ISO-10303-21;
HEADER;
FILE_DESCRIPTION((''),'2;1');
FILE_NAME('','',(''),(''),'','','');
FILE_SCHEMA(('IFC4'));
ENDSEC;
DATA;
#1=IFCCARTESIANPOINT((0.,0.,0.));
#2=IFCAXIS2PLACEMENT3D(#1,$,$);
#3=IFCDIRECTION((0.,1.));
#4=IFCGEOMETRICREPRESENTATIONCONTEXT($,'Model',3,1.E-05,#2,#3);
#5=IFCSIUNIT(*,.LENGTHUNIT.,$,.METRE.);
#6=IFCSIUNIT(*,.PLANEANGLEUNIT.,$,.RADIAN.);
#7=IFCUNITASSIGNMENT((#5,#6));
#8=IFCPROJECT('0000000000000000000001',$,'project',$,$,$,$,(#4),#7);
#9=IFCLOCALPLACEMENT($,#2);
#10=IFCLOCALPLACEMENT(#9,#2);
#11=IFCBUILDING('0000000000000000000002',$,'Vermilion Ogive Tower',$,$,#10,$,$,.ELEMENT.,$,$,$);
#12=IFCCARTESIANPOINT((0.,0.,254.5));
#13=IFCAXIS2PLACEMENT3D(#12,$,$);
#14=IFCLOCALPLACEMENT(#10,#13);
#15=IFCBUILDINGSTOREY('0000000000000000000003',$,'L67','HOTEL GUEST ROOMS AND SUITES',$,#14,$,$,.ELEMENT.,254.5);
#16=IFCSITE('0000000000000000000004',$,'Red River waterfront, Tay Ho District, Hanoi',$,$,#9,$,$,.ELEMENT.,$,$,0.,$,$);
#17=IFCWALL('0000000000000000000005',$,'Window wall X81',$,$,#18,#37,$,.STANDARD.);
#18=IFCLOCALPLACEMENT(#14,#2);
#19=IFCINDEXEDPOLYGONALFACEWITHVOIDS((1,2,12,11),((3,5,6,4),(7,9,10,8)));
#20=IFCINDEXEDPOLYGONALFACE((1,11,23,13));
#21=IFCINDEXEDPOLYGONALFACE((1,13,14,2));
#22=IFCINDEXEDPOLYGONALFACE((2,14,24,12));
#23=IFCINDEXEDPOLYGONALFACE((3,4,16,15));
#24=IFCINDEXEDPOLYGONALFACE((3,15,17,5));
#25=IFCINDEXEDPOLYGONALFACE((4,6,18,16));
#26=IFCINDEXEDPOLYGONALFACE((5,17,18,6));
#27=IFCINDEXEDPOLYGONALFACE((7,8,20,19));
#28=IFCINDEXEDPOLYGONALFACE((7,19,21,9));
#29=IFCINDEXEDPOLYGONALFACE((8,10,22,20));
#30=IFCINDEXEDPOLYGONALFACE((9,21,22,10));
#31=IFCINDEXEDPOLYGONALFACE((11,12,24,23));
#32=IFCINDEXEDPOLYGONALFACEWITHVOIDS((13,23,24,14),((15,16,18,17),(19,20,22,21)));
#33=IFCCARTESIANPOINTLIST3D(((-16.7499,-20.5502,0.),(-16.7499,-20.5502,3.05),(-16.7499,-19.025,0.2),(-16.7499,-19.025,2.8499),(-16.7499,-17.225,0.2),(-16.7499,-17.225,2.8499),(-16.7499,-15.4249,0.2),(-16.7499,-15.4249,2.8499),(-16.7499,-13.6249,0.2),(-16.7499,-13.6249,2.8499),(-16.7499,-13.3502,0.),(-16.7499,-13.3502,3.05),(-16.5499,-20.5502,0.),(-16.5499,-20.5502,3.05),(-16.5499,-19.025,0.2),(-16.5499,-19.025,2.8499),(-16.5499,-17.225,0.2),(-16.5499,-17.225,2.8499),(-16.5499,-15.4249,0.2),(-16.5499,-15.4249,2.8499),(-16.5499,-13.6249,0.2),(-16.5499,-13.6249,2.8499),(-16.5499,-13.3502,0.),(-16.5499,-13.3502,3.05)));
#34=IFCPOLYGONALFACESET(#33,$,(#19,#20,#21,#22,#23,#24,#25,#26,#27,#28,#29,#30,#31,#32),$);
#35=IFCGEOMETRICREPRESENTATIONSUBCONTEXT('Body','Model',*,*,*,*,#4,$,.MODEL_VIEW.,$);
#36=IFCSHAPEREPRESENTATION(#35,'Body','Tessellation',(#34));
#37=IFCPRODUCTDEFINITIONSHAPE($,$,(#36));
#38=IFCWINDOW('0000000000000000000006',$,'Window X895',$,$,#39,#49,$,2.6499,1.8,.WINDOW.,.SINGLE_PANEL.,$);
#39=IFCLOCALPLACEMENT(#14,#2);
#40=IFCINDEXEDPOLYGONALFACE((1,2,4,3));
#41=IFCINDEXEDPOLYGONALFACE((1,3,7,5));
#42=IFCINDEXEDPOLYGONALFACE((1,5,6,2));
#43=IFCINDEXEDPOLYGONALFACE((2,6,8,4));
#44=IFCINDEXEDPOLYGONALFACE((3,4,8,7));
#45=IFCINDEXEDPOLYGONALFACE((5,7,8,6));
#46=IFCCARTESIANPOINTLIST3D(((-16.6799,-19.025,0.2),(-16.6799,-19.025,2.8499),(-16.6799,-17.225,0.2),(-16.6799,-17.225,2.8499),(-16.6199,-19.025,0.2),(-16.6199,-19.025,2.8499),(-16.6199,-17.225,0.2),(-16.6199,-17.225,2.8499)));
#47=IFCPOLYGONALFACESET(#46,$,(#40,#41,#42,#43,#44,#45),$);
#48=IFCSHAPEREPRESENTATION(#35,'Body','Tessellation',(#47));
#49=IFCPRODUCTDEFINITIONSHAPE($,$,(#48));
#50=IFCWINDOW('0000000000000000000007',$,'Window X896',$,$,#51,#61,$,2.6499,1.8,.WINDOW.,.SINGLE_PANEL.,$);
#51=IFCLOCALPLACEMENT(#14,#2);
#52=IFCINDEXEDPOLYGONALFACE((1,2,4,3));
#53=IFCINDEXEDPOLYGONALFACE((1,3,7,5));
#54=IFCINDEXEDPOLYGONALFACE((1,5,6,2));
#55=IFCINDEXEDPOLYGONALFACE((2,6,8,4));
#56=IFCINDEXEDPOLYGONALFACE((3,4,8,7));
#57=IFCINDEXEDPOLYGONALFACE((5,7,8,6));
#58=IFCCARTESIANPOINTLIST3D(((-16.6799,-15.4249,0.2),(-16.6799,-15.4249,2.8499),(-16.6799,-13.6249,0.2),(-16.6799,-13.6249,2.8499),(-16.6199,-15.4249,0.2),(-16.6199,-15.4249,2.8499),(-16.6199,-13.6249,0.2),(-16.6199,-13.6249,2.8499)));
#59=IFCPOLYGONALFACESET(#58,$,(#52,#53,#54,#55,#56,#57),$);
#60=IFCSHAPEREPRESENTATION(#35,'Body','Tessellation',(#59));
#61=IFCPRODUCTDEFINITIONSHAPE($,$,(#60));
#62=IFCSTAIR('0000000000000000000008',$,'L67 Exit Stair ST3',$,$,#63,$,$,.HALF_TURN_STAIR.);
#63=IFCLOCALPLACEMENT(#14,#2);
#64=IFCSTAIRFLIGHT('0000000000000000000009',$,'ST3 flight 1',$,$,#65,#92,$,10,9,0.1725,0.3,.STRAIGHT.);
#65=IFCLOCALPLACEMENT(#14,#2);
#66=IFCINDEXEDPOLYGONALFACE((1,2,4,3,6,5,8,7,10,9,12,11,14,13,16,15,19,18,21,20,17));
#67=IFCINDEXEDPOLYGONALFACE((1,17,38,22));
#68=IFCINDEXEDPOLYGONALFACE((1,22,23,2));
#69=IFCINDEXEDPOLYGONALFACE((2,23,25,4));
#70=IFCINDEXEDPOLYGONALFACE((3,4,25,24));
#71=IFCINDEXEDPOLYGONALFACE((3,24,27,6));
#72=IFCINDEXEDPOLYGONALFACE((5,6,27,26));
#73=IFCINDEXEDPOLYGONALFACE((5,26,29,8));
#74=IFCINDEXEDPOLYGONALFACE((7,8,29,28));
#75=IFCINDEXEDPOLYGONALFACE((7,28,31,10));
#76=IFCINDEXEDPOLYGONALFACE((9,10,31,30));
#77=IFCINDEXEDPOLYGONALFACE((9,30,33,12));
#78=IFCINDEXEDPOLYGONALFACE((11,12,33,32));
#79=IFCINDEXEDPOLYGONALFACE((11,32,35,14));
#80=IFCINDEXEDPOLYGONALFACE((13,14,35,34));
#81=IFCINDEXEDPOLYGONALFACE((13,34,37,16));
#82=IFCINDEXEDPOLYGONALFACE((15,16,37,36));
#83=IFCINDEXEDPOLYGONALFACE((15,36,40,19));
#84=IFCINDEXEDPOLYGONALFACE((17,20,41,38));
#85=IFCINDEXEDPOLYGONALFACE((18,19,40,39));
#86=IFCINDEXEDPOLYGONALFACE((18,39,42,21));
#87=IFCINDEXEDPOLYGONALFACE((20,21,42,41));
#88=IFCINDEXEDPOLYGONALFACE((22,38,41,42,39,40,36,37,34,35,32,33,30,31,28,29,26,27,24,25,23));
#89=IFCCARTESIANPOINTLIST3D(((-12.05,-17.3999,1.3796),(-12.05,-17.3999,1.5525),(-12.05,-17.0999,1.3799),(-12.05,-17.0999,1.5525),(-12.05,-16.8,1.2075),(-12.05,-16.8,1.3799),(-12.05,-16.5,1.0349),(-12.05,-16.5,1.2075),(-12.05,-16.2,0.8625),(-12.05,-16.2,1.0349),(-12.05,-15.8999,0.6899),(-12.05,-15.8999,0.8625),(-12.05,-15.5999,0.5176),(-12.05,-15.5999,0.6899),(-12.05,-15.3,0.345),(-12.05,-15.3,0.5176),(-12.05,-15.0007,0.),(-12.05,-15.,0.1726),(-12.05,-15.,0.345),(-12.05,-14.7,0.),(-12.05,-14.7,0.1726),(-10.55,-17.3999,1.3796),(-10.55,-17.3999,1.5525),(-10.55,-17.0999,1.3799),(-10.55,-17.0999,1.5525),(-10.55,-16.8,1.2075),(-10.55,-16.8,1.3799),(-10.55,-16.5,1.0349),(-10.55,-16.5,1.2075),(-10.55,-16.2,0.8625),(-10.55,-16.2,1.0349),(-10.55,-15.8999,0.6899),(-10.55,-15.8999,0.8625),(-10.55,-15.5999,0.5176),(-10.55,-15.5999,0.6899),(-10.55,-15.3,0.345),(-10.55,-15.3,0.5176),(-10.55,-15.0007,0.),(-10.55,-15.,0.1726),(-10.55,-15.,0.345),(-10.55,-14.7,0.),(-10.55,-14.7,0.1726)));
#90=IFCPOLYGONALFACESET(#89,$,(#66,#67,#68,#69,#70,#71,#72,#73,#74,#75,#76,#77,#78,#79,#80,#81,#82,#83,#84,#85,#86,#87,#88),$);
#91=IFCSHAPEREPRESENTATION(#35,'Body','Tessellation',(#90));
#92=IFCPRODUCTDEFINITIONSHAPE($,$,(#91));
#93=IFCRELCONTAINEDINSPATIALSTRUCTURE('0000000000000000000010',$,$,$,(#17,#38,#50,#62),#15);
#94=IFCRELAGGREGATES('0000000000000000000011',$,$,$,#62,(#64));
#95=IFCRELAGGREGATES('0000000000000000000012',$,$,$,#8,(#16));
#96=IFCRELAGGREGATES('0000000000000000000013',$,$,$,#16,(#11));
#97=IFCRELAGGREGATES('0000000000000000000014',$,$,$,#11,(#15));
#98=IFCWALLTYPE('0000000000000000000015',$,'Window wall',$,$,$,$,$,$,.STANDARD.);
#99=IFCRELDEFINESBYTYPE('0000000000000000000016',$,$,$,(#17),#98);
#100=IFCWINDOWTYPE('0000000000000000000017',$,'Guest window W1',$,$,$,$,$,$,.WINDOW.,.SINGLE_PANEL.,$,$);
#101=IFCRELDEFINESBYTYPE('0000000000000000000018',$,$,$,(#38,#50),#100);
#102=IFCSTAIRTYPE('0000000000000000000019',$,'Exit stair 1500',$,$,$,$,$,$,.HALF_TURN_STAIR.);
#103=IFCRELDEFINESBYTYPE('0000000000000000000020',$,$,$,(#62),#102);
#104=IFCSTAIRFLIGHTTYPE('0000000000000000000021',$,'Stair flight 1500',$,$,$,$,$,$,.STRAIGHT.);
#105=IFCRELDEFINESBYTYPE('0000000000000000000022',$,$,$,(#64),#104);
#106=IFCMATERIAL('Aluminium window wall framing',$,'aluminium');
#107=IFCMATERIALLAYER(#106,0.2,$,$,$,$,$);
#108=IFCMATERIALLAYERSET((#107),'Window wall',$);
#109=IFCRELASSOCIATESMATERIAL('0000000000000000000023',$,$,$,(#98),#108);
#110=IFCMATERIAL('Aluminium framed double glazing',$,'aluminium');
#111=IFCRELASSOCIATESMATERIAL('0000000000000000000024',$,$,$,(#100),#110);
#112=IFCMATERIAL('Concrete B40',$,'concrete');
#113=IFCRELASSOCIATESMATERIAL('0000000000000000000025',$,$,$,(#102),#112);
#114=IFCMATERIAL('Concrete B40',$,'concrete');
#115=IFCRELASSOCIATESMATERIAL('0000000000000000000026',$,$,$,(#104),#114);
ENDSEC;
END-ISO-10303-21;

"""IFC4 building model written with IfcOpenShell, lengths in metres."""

from ifc_helpers import new_model, si_unit, direction, frame, frame_2d, origin, place, context, subcontext, project, spatial, polyline, rectangle, outline, extrude, material, layer, layer_set, type_object, element, fill, aggregate, save


model = new_model("IFC4")

# Units and contexts
model_context = context("Model", 3, precision=1e-05, world=origin(), true_north=direction((0.0, 1.0)))
body_context = subcontext(model_context, "Body", "Model", "MODEL_VIEW")
ifc_project = project(units=[si_unit("LENGTHUNIT", "METRE"), si_unit("PLANEANGLEUNIT", "RADIAN")], contexts=[model_context])

# Site, building, storey
site_placement = place(None, origin())
site = spatial("IfcSite", under=ifc_project, at=site_placement, Name="Red River waterfront, Tay Ho District, Hanoi", CompositionType="ELEMENT", RefElevation=0.0)
building_placement = place(site_placement, origin())
building = spatial("IfcBuilding", under=site, at=building_placement, Name="Vermilion Ogive Tower", CompositionType="ELEMENT")
storey_placement = place(building_placement, frame((0.0, 0.0, 254.5)))
storey = spatial("IfcBuildingStorey", under=building, at=storey_placement, Name="L67", Description="HOTEL GUEST ROOMS AND SUITES", CompositionType="ELEMENT", Elevation=254.5)

# Shared definitions
ifc_material_1 = material(Name="Aluminium window wall framing", Category="aluminium")
ifc_layer_1 = layer(ifc_material_1, 0.2)
ifc_layer_set_1 = layer_set([ifc_layer_1], Name="Window wall")
wall_type_1 = type_object("IfcWallType", Name="Window wall", PredefinedType="STANDARD", material=ifc_layer_set_1)

# Wall, openings, windows
wall_1_placement = place(storey_placement, frame((-16.6499, -13.3501, 0.0), z_axis=(0.0, 0.0, 1.0), x_axis=(0.0, -1.0, 0.0)))
wall_1 = element("IfcWall", 1, at=wall_1_placement, inside=storey, type_object=wall_type_1, Name="Window wall X81", PredefinedType="STANDARD", context=body_context, shape_type="SweptSolid", body=[
    extrude(rectangle(XDim=7.2, YDim=0.2, at=frame_2d((3.6001, 0.0))), origin(), (0.0, 0.0, 1.0), 3.05),
])
opening_1_placement = place(wall_1_placement, frame((3.875, 0.0, 0.2)))
opening_1 = element("IfcOpeningElement", 2, at=opening_1_placement, cuts=wall_1, PredefinedType="OPENING", context=body_context, shape_type="SweptSolid", body=[
    extrude(rectangle(XDim=1.8, YDim=2.6499, at=frame_2d((0.8999, 1.325))), frame((0.0, 0.1099, 0.0), z_axis=(0.0, -1.0, 0.0), x_axis=(1.0, 0.0, 0.0)), (0.0, 0.0, 1.0), 0.22),
])
opening_2_placement = place(wall_1_placement, frame((0.2749, 0.0, 0.2)))
opening_2 = element("IfcOpeningElement", 3, at=opening_2_placement, cuts=wall_1, PredefinedType="OPENING", context=body_context, shape_type="SweptSolid", body=[
    extrude(rectangle(XDim=1.8, YDim=2.6499, at=frame_2d((0.8999, 1.325))), frame((0.0, 0.1099, 0.0), z_axis=(0.0, -1.0, 0.0), x_axis=(1.0, 0.0, 0.0)), (0.0, 0.0, 1.0), 0.22),
])
ifc_material_2 = material(Name="Aluminium framed double glazing", Category="aluminium")
window_type = type_object("IfcWindowType", Name="Guest window W1", PartitioningType="SINGLE_PANEL", PredefinedType="WINDOW", material=ifc_material_2)
window_1_placement = place(opening_1_placement, origin())
window_1 = element("IfcWindow", 4, at=window_1_placement, inside=storey, type_object=window_type, Name="Window X895", OverallHeight=2.6499, OverallWidth=1.8, PartitioningType="SINGLE_PANEL", PredefinedType="WINDOW", context=body_context, shape_type="SweptSolid", body=[
    extrude(rectangle(XDim=1.8, YDim=2.6499, at=frame_2d((0.8999, 1.325))), frame((0.0, 0.03, 0.0), z_axis=(0.0, -1.0, 0.0), x_axis=(1.0, 0.0, 0.0)), (0.0, 0.0, 1.0), 0.0601),
])
fill(opening_1, window_1)
window_2_placement = place(opening_2_placement, origin())
window_2 = element("IfcWindow", 5, at=window_2_placement, inside=storey, type_object=window_type, Name="Window X896", OverallHeight=2.6499, OverallWidth=1.8, PartitioningType="SINGLE_PANEL", PredefinedType="WINDOW", context=body_context, shape_type="SweptSolid", body=[
    extrude(rectangle(XDim=1.8, YDim=2.6499, at=frame_2d((0.8999, 1.325))), frame((0.0, 0.03, 0.0), z_axis=(0.0, -1.0, 0.0), x_axis=(1.0, 0.0, 0.0)), (0.0, 0.0, 1.0), 0.0601),
])
fill(opening_2, window_2)

# Stair, stair flight
ifc_material_3 = material(Name="Concrete B40", Category="concrete")
stair_type = type_object("IfcStairType", Name="Exit stair 1500", PredefinedType="HALF_TURN_STAIR", material=ifc_material_3)
stair_placement = place(storey_placement, origin())
stair = element("IfcStair", 6, at=stair_placement, inside=storey, type_object=stair_type, Name="L67 Exit Stair ST3", PredefinedType="HALF_TURN_STAIR")
ifc_material_4 = material(Name="Concrete B40", Category="concrete")
stair_flight_type = type_object("IfcStairFlightType", Name="Stair flight 1500", PredefinedType="STRAIGHT", material=ifc_material_4)
stair_flight_placement = place(storey_placement, frame((-11.3, -14.7, 0.0), z_axis=(0.0, 0.0, 1.0), x_axis=(0.0, -1.0, 0.0)))
stair_flight = element("IfcStairFlight", 7, at=stair_flight_placement, type_object=stair_flight_type, Name="ST3 flight 1", NumberOfRisers=10, NumberOfTreads=9, PredefinedType="STRAIGHT", RiserHeight=0.1725, TreadLength=0.3, context=body_context, shape_type="SweptSolid", body=[
    extrude(outline(polyline([(0.0, 0.0), (0.0, 0.1726), (0.3, 0.1726), (0.3, 0.345), (0.6001, 0.345), (0.6001, 0.5176), (0.8999, 0.5176), (0.8999, 0.6899), (1.2, 0.6899), (1.2, 0.8625), (1.5, 0.8625), (1.5, 1.0349), (1.8, 1.0349), (1.8, 1.2075), (2.1001, 1.2075), (2.1001, 1.3799), (2.3999, 1.3799), (2.3999, 1.5525), (2.7, 1.5525), (2.7, 1.7251), (2.7, 1.3796), (0.3008, 0.0), (0.0, 0.0)])), frame((0.0, 0.75, 0.0), z_axis=(0.0, -1.0, 0.0), x_axis=(1.0, 0.0, 0.0)), (0.0, 0.0, 1.0), 1.5),
])
aggregate(stair, [stair_flight])

save(model, "model.ifc")
